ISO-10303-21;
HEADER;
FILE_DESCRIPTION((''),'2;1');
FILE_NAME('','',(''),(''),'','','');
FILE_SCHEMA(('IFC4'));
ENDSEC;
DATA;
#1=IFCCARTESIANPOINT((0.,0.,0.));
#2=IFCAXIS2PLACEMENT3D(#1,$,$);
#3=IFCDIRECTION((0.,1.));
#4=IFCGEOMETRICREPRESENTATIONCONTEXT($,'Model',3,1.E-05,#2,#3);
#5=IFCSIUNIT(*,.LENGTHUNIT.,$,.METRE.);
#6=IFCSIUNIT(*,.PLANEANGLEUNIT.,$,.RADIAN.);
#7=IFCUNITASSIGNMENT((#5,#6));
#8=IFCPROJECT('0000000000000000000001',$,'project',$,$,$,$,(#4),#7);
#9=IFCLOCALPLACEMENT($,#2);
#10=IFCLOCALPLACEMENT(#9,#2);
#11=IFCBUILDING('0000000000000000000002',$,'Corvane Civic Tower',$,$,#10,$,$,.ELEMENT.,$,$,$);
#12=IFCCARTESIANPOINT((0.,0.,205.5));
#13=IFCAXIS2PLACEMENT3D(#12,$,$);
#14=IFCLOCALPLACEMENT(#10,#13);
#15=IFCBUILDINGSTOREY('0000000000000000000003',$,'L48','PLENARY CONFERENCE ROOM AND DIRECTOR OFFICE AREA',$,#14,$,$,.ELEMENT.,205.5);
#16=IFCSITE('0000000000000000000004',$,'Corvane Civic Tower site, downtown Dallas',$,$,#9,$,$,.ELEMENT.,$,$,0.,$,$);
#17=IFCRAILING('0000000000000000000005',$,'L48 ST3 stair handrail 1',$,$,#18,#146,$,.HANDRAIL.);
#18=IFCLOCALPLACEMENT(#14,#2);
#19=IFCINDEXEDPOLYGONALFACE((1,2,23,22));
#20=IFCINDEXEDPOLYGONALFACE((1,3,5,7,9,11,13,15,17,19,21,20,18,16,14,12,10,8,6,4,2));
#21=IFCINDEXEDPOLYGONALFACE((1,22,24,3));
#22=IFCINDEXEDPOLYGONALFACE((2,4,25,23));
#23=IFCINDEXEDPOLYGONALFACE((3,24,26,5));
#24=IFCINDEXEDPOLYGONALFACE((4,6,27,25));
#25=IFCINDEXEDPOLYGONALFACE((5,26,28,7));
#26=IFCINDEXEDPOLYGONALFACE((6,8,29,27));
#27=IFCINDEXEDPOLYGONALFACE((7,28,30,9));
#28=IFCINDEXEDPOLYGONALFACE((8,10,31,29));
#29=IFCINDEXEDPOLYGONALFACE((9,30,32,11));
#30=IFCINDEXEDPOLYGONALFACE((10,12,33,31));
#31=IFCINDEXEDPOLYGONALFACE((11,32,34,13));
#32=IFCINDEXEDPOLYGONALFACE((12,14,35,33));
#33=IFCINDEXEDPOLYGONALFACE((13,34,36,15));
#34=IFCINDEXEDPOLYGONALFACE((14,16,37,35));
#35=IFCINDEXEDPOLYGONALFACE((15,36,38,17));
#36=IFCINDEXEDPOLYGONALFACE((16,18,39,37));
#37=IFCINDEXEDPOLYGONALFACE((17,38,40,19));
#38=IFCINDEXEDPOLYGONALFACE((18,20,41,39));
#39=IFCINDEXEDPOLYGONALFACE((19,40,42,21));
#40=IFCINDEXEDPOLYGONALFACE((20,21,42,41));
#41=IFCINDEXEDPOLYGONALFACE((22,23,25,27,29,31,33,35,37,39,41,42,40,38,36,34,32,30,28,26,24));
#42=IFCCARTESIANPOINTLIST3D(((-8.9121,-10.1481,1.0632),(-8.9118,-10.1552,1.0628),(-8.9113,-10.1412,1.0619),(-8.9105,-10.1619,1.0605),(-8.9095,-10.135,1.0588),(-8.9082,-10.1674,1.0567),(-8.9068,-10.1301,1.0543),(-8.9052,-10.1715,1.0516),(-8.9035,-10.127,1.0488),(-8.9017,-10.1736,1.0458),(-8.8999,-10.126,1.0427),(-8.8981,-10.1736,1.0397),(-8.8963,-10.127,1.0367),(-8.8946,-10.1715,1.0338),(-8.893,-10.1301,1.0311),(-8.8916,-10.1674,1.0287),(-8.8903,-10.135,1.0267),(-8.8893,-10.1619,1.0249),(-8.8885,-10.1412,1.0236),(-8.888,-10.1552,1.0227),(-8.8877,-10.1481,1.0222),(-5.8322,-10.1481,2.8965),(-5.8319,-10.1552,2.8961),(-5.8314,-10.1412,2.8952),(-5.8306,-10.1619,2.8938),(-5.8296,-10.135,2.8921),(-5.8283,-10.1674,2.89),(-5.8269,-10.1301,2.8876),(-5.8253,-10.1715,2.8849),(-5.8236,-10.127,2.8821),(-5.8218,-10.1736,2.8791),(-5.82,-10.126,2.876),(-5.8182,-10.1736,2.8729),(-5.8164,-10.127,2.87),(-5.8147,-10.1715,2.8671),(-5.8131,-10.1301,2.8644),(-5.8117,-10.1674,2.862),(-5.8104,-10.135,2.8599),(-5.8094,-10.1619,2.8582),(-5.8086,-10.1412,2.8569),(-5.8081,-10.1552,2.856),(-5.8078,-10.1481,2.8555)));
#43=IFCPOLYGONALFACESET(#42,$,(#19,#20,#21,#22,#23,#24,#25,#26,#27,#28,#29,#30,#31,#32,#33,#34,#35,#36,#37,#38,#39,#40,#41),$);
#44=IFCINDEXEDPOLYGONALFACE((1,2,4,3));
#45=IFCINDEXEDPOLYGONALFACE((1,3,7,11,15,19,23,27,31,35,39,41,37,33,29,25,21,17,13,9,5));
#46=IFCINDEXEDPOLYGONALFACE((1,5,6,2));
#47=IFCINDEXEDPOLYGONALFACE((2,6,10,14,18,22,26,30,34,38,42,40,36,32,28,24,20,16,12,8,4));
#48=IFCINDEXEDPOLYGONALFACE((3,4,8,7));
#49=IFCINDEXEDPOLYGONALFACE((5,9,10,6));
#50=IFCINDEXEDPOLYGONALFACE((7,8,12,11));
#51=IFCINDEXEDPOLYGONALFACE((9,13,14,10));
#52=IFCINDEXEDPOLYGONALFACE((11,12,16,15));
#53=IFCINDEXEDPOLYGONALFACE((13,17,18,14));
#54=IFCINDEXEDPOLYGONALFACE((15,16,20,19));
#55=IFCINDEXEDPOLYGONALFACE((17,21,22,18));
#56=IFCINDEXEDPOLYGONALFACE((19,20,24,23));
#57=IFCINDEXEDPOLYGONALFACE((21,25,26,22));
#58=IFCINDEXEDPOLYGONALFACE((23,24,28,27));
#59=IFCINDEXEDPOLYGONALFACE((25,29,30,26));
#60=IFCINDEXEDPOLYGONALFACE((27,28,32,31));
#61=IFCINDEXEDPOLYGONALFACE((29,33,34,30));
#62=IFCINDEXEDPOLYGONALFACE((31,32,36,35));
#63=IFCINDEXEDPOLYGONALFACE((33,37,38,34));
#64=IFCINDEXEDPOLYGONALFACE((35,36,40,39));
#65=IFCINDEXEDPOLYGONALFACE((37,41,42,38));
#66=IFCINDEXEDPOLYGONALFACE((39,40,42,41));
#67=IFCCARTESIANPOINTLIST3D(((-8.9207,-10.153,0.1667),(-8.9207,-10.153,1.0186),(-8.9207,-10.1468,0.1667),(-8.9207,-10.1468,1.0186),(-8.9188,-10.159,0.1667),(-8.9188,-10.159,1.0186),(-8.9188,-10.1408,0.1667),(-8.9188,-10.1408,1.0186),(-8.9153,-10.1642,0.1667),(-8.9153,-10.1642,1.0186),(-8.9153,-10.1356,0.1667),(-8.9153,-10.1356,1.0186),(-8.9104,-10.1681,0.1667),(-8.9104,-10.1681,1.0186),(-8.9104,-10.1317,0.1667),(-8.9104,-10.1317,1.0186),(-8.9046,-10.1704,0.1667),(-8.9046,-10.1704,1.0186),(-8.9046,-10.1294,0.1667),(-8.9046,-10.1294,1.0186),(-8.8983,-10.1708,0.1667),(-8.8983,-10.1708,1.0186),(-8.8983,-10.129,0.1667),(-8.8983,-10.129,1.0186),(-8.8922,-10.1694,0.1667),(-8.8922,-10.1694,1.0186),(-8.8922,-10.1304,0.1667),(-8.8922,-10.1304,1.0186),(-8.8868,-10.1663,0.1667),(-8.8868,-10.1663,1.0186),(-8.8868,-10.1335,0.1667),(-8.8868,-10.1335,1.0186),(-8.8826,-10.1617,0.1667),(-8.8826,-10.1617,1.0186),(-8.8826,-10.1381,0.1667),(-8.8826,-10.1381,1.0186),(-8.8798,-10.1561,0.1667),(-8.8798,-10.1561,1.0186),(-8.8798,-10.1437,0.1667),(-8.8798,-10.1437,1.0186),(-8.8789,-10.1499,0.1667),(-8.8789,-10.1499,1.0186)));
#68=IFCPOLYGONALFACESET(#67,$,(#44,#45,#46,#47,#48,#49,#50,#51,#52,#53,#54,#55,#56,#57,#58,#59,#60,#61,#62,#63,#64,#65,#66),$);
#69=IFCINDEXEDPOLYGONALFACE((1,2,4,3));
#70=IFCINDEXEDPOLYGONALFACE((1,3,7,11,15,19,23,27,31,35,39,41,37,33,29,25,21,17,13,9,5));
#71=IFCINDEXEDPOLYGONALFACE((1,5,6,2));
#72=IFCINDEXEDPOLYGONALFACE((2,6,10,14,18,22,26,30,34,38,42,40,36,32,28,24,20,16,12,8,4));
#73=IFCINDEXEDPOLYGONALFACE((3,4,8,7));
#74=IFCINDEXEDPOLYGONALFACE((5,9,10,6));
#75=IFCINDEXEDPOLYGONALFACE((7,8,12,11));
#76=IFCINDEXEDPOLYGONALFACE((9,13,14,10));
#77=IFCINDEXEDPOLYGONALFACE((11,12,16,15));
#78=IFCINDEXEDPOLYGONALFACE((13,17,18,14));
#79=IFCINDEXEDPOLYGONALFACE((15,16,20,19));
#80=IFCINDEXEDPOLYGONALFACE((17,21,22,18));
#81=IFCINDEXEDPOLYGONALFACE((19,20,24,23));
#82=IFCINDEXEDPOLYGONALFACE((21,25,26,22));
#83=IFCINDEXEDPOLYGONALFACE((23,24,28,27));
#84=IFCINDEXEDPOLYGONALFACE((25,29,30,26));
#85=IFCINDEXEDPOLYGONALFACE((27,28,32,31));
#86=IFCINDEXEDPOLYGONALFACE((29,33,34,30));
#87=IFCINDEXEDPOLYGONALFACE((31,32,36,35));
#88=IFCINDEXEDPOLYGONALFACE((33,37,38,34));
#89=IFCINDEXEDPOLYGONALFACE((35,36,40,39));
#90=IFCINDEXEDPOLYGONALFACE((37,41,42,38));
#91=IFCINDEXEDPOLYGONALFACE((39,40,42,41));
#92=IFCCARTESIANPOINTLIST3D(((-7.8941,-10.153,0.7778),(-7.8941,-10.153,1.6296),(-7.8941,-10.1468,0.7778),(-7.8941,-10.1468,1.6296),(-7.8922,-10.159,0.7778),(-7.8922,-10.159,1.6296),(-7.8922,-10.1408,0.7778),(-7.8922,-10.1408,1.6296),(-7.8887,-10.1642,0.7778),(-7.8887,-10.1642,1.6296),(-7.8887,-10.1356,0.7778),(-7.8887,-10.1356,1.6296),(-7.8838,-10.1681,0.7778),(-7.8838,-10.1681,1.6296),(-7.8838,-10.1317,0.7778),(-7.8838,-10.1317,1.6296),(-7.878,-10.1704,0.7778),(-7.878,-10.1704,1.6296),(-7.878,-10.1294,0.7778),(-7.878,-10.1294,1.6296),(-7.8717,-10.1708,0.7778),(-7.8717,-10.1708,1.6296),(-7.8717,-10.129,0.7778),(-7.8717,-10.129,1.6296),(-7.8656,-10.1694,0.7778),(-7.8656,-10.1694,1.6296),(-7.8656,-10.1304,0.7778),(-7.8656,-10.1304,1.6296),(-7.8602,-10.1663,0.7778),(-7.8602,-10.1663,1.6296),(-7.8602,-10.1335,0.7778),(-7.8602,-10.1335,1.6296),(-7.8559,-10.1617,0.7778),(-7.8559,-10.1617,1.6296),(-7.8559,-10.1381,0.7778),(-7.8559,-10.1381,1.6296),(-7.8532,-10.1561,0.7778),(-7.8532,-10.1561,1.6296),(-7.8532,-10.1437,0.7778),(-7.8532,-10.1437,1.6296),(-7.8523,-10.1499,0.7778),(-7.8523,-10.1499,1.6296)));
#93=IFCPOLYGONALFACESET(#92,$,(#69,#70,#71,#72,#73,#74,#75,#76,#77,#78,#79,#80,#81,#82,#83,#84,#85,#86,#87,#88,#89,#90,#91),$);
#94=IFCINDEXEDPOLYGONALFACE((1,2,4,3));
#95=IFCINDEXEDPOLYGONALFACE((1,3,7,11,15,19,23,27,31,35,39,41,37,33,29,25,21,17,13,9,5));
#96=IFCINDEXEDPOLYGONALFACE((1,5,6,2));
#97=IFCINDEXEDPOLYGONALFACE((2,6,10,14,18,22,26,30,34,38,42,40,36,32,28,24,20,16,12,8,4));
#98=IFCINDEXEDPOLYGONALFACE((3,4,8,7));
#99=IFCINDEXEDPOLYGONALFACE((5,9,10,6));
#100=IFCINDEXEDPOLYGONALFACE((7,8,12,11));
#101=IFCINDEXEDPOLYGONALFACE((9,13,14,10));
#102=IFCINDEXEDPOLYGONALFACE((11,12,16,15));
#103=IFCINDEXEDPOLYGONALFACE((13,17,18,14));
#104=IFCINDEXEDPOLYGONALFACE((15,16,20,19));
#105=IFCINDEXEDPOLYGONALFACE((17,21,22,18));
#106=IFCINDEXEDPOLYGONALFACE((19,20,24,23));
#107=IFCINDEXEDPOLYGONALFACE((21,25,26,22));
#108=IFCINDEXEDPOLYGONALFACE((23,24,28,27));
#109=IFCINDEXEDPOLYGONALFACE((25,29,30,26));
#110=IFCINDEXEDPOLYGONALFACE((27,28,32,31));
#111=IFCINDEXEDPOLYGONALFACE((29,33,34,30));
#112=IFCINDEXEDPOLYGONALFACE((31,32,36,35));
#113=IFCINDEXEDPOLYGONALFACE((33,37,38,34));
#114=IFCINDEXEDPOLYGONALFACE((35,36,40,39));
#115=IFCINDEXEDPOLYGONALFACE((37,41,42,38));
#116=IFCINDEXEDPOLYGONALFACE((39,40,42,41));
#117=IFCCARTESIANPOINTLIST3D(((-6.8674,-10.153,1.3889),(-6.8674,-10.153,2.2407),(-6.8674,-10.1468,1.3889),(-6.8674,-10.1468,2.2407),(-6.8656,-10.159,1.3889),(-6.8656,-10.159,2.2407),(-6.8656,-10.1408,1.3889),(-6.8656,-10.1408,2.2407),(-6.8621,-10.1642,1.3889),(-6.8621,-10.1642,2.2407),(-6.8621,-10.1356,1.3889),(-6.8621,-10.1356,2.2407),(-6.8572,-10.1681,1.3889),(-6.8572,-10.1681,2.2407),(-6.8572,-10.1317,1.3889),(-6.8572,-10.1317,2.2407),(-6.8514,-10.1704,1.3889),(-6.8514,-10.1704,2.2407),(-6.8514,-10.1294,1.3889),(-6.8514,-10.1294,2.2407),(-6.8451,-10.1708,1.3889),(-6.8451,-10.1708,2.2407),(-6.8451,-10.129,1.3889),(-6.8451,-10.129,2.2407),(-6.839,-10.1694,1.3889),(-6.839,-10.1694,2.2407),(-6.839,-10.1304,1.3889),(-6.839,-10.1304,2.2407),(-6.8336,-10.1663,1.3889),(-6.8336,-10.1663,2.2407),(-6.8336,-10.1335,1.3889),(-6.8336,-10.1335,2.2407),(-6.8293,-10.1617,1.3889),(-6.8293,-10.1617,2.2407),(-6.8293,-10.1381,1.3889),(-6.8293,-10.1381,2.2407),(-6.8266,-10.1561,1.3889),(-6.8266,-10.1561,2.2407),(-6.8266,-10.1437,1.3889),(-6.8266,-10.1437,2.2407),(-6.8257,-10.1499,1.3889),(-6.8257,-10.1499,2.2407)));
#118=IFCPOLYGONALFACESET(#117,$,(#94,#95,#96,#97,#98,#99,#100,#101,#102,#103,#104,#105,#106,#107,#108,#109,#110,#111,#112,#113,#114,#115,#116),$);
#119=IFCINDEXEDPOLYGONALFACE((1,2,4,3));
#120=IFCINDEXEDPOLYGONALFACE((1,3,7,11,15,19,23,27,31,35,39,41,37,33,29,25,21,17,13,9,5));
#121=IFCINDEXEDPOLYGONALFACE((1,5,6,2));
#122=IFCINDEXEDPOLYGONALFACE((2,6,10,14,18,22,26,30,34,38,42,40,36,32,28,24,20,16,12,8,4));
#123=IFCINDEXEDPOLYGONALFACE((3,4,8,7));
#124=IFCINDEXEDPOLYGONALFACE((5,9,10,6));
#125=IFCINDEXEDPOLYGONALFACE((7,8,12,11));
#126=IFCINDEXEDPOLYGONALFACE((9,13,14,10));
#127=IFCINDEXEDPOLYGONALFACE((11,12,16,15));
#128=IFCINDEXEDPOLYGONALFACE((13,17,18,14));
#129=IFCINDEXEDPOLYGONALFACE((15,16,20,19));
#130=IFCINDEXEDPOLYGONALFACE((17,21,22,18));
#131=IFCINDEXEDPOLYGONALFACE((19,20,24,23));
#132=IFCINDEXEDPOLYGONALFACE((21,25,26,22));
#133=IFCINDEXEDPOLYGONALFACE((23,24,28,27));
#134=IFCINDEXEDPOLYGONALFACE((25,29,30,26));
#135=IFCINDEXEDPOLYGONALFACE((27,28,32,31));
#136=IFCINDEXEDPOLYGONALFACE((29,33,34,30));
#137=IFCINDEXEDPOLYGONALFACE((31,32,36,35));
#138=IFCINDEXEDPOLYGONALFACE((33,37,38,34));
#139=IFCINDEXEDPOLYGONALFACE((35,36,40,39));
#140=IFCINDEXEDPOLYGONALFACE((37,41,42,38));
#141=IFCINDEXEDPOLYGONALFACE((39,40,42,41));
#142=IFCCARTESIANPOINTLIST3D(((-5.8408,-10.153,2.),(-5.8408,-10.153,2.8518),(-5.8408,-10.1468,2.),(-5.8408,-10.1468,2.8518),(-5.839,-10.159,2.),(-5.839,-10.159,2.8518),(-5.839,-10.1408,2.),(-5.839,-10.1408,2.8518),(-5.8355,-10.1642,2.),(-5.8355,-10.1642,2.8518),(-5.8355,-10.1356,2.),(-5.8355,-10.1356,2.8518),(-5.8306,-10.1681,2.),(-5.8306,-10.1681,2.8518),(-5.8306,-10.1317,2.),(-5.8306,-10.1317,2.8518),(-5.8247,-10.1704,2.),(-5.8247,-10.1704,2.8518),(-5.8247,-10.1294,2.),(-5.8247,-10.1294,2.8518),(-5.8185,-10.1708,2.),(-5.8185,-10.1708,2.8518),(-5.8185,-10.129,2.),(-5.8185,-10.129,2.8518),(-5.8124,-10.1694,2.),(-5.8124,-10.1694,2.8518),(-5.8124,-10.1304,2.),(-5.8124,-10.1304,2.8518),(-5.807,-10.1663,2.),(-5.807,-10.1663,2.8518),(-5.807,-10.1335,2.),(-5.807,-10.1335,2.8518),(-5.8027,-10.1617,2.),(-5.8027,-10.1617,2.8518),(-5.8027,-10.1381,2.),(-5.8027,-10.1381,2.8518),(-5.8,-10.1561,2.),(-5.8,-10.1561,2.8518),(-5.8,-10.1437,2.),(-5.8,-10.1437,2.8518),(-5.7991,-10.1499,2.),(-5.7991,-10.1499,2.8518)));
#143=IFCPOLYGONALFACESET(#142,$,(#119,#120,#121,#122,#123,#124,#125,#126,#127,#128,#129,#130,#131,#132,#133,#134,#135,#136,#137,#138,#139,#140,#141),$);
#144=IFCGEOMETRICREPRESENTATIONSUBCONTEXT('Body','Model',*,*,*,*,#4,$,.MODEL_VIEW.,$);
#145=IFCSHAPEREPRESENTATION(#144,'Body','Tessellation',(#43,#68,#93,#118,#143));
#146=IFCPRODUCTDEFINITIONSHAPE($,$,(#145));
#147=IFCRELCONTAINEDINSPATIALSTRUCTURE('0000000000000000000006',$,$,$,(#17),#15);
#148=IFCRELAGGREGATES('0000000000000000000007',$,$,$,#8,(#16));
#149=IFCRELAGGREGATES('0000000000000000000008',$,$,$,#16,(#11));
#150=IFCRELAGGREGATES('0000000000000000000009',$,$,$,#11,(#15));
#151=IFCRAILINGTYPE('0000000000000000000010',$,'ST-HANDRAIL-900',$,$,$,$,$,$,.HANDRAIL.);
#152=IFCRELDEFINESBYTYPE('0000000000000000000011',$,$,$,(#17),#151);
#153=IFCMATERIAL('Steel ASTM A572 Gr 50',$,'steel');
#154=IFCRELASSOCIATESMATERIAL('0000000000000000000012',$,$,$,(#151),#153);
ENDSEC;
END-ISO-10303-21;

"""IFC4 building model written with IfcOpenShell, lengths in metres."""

from ifc_helpers import new_model, si_unit, direction, frame, origin, origin_2d, place, context, subcontext, project, spatial, circle, extrude, material, type_object, element, save


model = new_model("IFC4")

# Units and contexts
model_context = context("Model", 3, precision=1e-05, world=origin(), true_north=direction((0.0, 1.0)))
body_context = subcontext(model_context, "Body", "Model", "MODEL_VIEW")
ifc_project = project(units=[si_unit("LENGTHUNIT", "METRE"), si_unit("PLANEANGLEUNIT", "RADIAN")], contexts=[model_context])

# Site, building, storey
site_placement = place(None, origin())
site = spatial("IfcSite", under=ifc_project, at=site_placement, Name="Corvane Civic Tower site, downtown Dallas", CompositionType="ELEMENT", RefElevation=0.0)
building_placement = place(site_placement, origin())
building = spatial("IfcBuilding", under=site, at=building_placement, Name="Corvane Civic Tower", CompositionType="ELEMENT")
storey_placement = place(building_placement, frame((0.0, 0.0, 205.5)))
storey = spatial("IfcBuildingStorey", under=building, at=storey_placement, Name="L48", Description="PLENARY CONFERENCE ROOM AND DIRECTOR OFFICE AREA", CompositionType="ELEMENT", Elevation=205.5)

# Railing
ifc_material_1 = material(Name="Steel ASTM A572 Gr 50", Category="steel")
railing_type_1 = type_object("IfcRailingType", Name="ST-HANDRAIL-900", PredefinedType="HANDRAIL", material=ifc_material_1)
railing_1_placement = place(storey_placement, frame((-8.8999, -10.1499, 0.1667)))
element("IfcRailing", 1, at=railing_1_placement, inside=storey, type_object=railing_type_1, Name="L48 ST3 stair handrail 1", PredefinedType="HANDRAIL", context=body_context, shape_type="SweptSolid", body=[
    extrude(circle(Radius=0.0239, at=origin_2d()), frame((0.0, 0.0, 0.876), z_axis=(0.859291, 0.0, 0.511487), x_axis=(0.0, 1.0, 0.0)), (0.0, 0.0, 1.0), 3.5842),
    extrude(circle(Radius=0.021, at=origin_2d()), origin(), (0.0, 0.0, 1.0), 0.8518),
    extrude(circle(Radius=0.021, at=origin_2d()), frame((1.0266, 0.0, 0.6111)), (0.0, 0.0, 1.0), 0.8518),
    extrude(circle(Radius=0.021, at=origin_2d()), frame((2.0532, 0.0, 1.2222)), (0.0, 0.0, 1.0), 0.8518),
    extrude(circle(Radius=0.021, at=origin_2d()), frame((3.0798, 0.0, 1.8333)), (0.0, 0.0, 1.0), 0.8518),
])

save(model, "model.ifc")
